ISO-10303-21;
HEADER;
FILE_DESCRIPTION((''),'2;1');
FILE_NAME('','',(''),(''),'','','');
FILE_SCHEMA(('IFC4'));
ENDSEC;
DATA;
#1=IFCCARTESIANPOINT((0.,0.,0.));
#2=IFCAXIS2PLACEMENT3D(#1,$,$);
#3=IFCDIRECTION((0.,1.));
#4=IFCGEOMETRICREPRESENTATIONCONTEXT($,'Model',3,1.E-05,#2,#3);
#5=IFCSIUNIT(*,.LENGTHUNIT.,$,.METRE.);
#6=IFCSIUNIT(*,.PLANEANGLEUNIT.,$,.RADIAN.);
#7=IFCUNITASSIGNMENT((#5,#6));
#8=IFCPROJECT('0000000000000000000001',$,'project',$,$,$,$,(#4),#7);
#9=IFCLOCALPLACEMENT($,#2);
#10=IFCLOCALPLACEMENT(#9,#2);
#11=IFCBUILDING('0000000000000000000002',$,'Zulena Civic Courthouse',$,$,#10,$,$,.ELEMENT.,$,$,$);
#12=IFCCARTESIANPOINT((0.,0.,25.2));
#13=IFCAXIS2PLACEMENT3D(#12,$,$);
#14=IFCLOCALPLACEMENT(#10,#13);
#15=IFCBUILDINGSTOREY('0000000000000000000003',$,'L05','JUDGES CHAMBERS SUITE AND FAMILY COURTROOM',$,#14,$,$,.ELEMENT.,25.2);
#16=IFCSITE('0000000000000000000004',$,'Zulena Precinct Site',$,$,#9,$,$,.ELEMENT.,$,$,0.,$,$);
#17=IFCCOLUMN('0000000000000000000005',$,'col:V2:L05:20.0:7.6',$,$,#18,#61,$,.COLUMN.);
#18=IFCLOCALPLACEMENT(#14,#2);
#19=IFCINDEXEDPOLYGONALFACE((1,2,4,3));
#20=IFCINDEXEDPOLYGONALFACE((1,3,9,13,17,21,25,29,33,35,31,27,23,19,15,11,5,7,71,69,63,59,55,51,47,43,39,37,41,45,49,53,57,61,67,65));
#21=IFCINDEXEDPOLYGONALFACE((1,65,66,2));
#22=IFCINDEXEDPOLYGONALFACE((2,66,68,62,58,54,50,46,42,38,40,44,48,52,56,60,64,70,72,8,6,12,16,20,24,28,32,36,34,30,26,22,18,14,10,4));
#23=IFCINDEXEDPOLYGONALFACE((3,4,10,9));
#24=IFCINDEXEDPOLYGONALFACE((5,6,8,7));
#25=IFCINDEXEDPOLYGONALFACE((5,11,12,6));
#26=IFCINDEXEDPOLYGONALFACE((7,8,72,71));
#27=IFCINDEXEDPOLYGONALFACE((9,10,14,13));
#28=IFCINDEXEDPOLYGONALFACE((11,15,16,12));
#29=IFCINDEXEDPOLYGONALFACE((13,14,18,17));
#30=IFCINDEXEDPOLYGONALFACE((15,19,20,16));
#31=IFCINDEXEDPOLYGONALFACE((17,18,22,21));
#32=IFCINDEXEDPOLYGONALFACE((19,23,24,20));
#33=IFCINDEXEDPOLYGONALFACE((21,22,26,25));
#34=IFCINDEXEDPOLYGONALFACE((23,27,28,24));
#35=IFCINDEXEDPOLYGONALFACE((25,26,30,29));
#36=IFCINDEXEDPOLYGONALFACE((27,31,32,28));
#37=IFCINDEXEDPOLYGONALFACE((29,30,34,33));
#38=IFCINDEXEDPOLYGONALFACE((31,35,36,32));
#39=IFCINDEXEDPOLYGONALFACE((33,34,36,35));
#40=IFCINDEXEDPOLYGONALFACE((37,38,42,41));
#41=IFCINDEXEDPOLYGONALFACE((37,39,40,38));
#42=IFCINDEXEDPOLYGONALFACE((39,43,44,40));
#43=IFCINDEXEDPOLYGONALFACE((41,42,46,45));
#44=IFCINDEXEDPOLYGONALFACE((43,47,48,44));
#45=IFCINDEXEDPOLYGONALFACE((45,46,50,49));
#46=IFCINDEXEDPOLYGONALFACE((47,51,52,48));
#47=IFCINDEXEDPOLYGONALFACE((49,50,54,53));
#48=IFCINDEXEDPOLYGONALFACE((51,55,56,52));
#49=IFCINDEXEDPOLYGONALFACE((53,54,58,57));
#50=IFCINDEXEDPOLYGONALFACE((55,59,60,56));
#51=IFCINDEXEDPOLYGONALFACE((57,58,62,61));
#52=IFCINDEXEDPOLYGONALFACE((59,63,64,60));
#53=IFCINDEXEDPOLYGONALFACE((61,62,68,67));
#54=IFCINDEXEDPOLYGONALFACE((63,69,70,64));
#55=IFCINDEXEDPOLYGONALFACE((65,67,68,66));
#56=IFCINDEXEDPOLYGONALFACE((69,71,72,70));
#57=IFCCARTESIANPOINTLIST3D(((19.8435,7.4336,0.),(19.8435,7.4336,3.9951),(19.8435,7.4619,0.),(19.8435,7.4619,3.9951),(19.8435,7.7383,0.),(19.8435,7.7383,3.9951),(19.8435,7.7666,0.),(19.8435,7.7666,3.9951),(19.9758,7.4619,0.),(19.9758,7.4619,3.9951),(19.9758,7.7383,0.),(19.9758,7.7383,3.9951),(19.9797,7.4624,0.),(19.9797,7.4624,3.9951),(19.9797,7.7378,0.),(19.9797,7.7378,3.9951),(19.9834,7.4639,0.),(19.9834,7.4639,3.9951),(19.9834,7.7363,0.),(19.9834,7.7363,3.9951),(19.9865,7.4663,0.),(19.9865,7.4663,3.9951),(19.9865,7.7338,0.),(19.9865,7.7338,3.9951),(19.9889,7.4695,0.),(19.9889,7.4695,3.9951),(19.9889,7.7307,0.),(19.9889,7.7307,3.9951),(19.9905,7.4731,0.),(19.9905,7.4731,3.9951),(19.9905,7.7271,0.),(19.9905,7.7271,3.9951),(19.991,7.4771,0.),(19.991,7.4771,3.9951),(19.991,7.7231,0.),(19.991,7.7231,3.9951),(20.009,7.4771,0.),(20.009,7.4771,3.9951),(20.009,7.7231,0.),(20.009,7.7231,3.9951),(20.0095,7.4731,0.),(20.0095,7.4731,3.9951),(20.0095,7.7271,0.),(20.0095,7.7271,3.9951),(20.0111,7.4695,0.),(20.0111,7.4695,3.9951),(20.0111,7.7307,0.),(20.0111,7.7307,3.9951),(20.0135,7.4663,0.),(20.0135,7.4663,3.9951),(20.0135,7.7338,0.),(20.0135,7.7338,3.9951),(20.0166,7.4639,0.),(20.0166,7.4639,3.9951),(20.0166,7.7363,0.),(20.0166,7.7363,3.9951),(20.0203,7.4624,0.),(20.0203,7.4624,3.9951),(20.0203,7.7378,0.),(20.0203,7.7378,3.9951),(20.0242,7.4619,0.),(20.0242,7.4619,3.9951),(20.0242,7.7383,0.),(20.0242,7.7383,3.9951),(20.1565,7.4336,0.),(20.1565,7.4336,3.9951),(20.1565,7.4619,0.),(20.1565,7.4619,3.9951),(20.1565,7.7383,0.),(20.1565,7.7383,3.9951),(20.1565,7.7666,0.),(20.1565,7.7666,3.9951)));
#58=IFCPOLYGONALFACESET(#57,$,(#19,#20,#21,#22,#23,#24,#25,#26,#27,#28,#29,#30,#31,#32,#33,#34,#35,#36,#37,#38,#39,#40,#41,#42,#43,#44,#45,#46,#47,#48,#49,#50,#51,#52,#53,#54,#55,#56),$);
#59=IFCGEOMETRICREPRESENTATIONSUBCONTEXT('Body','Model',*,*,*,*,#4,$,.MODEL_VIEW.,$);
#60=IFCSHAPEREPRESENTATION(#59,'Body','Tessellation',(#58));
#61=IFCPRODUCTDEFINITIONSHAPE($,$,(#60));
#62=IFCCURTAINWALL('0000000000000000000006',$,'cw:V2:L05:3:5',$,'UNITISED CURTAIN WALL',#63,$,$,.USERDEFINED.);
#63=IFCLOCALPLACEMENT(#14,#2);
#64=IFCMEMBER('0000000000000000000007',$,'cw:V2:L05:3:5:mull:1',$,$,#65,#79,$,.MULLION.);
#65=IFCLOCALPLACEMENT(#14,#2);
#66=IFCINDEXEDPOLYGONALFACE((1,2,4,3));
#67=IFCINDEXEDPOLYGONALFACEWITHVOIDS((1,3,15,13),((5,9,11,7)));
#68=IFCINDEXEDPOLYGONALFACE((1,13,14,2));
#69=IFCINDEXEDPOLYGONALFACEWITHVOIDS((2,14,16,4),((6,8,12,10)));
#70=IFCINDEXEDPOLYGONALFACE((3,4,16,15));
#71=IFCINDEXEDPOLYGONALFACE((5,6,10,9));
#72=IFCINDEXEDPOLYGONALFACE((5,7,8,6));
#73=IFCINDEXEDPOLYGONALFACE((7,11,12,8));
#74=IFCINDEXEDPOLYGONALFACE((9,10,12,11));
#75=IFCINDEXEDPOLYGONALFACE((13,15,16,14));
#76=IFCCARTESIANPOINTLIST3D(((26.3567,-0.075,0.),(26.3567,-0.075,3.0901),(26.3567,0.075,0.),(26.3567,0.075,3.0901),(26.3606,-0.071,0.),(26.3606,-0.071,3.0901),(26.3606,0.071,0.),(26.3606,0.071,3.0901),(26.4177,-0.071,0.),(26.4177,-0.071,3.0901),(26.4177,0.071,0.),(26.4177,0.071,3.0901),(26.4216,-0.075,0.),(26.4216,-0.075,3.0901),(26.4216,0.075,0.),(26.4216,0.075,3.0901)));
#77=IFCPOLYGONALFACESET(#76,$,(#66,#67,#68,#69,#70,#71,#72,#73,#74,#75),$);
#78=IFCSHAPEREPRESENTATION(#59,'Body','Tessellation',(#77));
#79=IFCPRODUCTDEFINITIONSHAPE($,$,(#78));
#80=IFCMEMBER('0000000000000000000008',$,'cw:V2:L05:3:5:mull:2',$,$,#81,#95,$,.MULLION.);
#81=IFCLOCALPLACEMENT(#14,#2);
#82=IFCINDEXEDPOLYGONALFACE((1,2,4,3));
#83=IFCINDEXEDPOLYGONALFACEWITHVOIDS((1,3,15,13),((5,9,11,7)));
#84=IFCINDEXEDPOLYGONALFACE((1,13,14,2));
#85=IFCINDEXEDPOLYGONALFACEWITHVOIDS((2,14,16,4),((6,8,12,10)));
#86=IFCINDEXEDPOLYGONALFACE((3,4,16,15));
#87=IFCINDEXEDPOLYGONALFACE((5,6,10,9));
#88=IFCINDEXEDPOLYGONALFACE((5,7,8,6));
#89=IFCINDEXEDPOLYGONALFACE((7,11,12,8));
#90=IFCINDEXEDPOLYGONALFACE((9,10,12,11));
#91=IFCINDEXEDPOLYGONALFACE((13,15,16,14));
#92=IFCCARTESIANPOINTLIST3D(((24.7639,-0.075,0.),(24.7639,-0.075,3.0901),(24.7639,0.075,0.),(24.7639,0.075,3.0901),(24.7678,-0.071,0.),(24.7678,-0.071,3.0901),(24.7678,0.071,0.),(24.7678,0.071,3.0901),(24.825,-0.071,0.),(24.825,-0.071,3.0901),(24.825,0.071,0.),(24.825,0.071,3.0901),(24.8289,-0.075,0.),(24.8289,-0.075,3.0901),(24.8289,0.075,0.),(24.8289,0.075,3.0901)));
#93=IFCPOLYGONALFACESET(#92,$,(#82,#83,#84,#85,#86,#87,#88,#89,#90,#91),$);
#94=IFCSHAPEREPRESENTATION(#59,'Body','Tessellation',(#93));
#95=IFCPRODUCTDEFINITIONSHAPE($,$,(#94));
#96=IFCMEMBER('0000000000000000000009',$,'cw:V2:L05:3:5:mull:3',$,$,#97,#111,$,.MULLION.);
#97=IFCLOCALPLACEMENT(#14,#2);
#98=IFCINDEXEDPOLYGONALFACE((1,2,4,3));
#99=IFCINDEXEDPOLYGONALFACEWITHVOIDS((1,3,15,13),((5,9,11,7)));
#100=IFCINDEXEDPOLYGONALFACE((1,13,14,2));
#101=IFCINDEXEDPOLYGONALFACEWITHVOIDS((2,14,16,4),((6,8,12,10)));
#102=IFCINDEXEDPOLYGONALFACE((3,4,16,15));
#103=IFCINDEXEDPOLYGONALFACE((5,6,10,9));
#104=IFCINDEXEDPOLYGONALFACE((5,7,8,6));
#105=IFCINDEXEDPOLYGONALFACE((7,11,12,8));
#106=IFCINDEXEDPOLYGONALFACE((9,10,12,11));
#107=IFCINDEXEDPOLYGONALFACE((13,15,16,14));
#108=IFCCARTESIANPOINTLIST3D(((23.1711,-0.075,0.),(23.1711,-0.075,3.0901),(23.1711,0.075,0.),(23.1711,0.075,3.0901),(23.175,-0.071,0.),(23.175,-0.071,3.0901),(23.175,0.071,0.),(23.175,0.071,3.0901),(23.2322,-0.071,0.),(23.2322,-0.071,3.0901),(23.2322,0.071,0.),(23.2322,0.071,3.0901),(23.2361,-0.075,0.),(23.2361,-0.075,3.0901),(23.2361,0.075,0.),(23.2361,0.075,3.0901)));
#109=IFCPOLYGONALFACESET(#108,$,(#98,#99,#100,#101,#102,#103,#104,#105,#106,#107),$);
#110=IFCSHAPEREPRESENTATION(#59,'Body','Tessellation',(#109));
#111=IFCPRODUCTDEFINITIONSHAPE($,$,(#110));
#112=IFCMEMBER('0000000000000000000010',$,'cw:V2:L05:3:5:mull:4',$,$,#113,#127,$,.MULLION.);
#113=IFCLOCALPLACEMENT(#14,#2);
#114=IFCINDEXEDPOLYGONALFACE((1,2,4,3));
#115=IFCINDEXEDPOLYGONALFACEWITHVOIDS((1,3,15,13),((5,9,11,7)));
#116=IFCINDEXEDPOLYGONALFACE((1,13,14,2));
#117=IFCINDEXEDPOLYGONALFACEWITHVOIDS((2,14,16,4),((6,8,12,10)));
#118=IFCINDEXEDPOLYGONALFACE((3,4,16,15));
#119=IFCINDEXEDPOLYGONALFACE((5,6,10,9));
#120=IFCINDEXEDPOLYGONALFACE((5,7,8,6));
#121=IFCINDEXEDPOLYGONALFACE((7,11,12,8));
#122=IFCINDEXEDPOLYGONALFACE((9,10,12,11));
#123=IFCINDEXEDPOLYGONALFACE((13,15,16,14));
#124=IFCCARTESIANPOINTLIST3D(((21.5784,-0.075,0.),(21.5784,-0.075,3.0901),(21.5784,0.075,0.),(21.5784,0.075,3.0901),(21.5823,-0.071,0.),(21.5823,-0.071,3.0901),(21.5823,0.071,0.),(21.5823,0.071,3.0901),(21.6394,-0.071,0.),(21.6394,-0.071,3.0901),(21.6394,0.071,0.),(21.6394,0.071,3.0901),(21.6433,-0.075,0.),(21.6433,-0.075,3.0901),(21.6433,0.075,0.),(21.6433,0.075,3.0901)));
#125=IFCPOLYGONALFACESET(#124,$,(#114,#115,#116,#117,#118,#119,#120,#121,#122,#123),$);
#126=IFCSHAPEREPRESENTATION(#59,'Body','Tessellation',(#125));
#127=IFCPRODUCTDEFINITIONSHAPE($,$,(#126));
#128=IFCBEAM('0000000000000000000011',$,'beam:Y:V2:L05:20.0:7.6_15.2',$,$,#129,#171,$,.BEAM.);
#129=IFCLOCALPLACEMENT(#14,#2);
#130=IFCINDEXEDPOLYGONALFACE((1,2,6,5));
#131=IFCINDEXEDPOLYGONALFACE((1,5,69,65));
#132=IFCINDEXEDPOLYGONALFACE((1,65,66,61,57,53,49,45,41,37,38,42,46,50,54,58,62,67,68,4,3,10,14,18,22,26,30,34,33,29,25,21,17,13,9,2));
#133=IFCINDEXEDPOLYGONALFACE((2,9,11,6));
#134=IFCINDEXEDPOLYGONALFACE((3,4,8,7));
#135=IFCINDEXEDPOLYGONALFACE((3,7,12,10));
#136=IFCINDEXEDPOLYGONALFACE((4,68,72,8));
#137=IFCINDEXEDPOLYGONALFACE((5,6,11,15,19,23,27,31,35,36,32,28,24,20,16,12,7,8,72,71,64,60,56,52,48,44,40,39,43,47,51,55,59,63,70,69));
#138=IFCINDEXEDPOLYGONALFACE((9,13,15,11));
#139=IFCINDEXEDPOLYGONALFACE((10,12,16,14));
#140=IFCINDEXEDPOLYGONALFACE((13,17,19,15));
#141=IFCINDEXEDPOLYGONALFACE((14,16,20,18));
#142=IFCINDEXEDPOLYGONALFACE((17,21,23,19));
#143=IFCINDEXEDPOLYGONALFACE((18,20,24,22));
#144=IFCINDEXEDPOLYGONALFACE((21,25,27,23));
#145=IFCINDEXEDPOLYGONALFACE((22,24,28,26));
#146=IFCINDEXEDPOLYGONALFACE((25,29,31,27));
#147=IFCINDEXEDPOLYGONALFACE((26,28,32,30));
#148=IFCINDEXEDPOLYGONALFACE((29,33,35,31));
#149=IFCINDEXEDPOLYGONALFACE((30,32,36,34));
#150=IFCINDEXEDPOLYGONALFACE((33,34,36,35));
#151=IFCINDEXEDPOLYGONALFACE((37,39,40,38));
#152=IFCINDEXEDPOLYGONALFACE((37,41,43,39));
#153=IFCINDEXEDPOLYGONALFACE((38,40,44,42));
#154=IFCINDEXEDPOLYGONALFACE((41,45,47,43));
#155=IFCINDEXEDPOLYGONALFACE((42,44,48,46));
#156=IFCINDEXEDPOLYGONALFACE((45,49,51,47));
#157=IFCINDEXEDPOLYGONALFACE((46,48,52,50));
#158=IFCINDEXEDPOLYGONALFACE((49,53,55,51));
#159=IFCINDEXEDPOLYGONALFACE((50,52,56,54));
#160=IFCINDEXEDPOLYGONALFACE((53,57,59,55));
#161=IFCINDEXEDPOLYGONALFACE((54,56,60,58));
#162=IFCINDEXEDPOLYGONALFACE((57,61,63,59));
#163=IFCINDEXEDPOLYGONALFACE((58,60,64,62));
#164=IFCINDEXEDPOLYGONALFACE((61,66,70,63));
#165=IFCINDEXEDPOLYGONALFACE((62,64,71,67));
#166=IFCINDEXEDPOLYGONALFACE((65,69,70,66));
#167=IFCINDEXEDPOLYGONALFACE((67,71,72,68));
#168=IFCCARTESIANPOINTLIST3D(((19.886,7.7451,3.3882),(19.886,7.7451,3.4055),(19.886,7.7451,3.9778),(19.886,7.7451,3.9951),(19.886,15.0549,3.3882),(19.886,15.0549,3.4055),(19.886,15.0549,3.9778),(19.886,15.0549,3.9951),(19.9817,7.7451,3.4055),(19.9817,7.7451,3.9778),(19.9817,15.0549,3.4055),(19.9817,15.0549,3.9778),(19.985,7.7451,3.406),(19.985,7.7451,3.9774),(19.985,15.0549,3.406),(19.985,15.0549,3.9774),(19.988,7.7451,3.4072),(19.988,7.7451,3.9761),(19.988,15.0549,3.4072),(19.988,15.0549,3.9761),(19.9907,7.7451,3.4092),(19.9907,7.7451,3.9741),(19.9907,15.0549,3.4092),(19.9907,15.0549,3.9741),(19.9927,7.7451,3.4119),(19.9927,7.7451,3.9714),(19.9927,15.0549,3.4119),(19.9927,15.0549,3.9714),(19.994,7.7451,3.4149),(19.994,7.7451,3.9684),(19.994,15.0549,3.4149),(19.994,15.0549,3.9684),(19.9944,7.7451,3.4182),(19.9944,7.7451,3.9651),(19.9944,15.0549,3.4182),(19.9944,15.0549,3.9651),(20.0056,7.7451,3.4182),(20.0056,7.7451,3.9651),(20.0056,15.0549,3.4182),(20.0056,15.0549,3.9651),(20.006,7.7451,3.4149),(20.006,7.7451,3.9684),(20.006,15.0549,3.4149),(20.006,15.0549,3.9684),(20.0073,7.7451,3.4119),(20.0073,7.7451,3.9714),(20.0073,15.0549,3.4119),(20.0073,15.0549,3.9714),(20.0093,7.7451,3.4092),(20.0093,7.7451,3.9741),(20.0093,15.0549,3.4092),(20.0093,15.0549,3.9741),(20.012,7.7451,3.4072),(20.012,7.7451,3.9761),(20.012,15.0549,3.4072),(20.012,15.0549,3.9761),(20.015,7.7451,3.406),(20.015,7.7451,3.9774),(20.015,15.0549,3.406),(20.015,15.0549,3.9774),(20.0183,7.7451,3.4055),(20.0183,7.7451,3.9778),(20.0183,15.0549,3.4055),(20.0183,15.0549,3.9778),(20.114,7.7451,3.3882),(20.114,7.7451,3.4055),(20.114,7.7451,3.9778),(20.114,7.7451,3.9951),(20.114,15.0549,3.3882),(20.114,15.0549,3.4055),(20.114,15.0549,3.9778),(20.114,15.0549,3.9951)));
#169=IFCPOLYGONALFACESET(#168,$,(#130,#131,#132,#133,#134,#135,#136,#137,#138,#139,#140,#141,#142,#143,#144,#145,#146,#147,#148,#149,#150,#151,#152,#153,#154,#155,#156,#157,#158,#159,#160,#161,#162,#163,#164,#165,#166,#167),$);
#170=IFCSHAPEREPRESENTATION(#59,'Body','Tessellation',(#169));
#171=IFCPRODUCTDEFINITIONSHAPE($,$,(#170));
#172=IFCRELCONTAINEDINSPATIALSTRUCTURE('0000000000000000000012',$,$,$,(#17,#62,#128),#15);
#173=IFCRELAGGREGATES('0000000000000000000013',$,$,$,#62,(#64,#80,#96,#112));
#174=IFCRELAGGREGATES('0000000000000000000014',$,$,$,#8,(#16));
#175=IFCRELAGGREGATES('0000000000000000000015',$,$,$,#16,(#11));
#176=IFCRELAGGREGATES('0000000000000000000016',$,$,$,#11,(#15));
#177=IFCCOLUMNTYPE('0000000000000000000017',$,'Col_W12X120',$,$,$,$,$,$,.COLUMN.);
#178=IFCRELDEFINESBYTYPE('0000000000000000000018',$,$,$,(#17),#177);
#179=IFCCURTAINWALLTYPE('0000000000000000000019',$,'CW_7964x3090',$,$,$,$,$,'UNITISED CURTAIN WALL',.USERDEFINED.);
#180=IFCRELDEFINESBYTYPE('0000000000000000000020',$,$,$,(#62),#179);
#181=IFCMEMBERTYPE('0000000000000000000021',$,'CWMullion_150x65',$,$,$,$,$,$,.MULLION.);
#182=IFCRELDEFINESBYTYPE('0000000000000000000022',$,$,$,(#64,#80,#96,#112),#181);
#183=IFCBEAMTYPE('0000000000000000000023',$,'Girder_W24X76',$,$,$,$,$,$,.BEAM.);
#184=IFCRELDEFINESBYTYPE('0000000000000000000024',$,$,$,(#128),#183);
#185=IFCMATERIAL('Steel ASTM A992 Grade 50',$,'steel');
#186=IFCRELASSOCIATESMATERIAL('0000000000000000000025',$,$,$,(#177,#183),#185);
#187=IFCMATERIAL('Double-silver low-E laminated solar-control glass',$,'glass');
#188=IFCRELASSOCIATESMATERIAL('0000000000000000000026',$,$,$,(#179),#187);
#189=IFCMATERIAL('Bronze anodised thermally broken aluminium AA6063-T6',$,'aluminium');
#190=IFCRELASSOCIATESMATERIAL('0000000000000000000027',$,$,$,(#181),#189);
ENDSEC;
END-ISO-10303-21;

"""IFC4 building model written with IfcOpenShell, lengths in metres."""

from ifc_helpers import new_model, si_unit, direction, frame, origin, origin_2d, place, context, subcontext, project, spatial, hollow_rectangle, i_section, extrude, material, material_profile, profile_set, type_object, element, aggregate, save


model = new_model("IFC4")

# Units and contexts
model_context = context("Model", 3, precision=1e-05, world=origin(), true_north=direction((0.0, 1.0)))
body_context = subcontext(model_context, "Body", "Model", "MODEL_VIEW")
ifc_project = project(units=[si_unit("LENGTHUNIT", "METRE"), si_unit("PLANEANGLEUNIT", "RADIAN")], contexts=[model_context])

# Site, building, storey
site_placement = place(None, origin())
site = spatial("IfcSite", under=ifc_project, at=site_placement, Name="Zulena Precinct Site", CompositionType="ELEMENT", RefElevation=0.0)
building_placement = place(site_placement, origin())
building = spatial("IfcBuilding", under=site, at=building_placement, Name="Zulena Civic Courthouse", CompositionType="ELEMENT")
storey_placement = place(building_placement, frame((0.0, 0.0, 25.2)))
storey = spatial("IfcBuildingStorey", under=building, at=storey_placement, Name="L05", Description="JUDGES CHAMBERS SUITE AND FAMILY COURTROOM", CompositionType="ELEMENT", Elevation=25.2)

# Column
ifc_material_1 = material(Name="Steel ASTM A992 Grade 50", Category="steel")
ifc_material_profile_1 = material_profile(ifc_material_1, i_section(OverallWidth=0.313, OverallDepth=0.333, WebThickness=0.0181, FlangeThickness=0.0283, FilletRadius=0.0151, at=origin_2d()), Name="W12X120")
ifc_profile_set_1 = profile_set([ifc_material_profile_1], Name="Steel ASTM A992 Grade 50")
column_type = type_object("IfcColumnType", Name="Col_W12X120", PredefinedType="COLUMN", material=ifc_profile_set_1)
column_placement = place(storey_placement, frame((20.0, 7.6001, 0.0), z_axis=(0.0, 0.0, 1.0), x_axis=(1.0, 0.0, 0.0)))
element("IfcColumn", 1, at=column_placement, inside=storey, type_object=column_type, Name="col:V2:L05:20.0:7.6", PredefinedType="COLUMN", context=body_context, shape_type="SweptSolid", body=[
    extrude(i_section(OverallWidth=0.313, OverallDepth=0.333, WebThickness=0.0181, FlangeThickness=0.0283, FilletRadius=0.0151, at=origin_2d()), origin(), (0.0, 0.0, 1.0), 3.9951),
])

# Curtain wall, members
ifc_material_2 = material(Name="Double-silver low-E laminated solar-control glass", Category="glass")
curtain_wall_type = type_object("IfcCurtainWallType", Name="CW_7964x3090", ElementType="UNITISED CURTAIN WALL", PredefinedType="USERDEFINED", material=ifc_material_2)
curtain_wall_placement = place(storey_placement, origin())
curtain_wall = element("IfcCurtainWall", 2, at=curtain_wall_placement, inside=storey, type_object=curtain_wall_type, Name="cw:V2:L05:3:5", ObjectType="UNITISED CURTAIN WALL", PredefinedType="USERDEFINED")
ifc_material_3 = material(Name="Bronze anodised thermally broken aluminium AA6063-T6", Category="aluminium")
ifc_material_profile_2 = material_profile(ifc_material_3, hollow_rectangle(XDim=0.0649, YDim=0.1499, WallThickness=0.0039, at=origin_2d()), Name="CWM150X65X4")
ifc_profile_set_2 = profile_set([ifc_material_profile_2], Name="Bronze anodised thermally broken aluminium AA6063-T6")
member_type = type_object("IfcMemberType", Name="CWMullion_150x65", PredefinedType="MULLION", material=ifc_profile_set_2)
member_1_placement = place(storey_placement, frame((26.3892, 0.0, 0.0), z_axis=(0.0, 0.0, 1.0), x_axis=(1.0, 0.0, 0.0)))
member_1 = element("IfcMember", 3, at=member_1_placement, type_object=member_type, Name="cw:V2:L05:3:5:mull:1", PredefinedType="MULLION", context=body_context, shape_type="SweptSolid", body=[
    extrude(hollow_rectangle(XDim=0.0649, YDim=0.1499, WallThickness=0.0039, at=origin_2d()), origin(), (0.0, 0.0, 1.0), 3.0901),
])
member_2_placement = place(storey_placement, frame((24.7964, 0.0, 0.0), z_axis=(0.0, 0.0, 1.0), x_axis=(1.0, 0.0, 0.0)))
member_2 = element("IfcMember", 4, at=member_2_placement, type_object=member_type, Name="cw:V2:L05:3:5:mull:2", PredefinedType="MULLION", context=body_context, shape_type="SweptSolid", body=[
    extrude(hollow_rectangle(XDim=0.0649, YDim=0.1499, WallThickness=0.0039, at=origin_2d()), origin(), (0.0, 0.0, 1.0), 3.0901),
])
member_3_placement = place(storey_placement, frame((23.2036, 0.0, 0.0), z_axis=(0.0, 0.0, 1.0), x_axis=(1.0, 0.0, 0.0)))
member_3 = element("IfcMember", 5, at=member_3_placement, type_object=member_type, Name="cw:V2:L05:3:5:mull:3", PredefinedType="MULLION", context=body_context, shape_type="SweptSolid", body=[
    extrude(hollow_rectangle(XDim=0.0649, YDim=0.1499, WallThickness=0.0039, at=origin_2d()), origin(), (0.0, 0.0, 1.0), 3.0901),
])
member_4_placement = place(storey_placement, frame((21.6108, 0.0, 0.0), z_axis=(0.0, 0.0, 1.0), x_axis=(1.0, 0.0, 0.0)))
member_4 = element("IfcMember", 6, at=member_4_placement, type_object=member_type, Name="cw:V2:L05:3:5:mull:4", PredefinedType="MULLION", context=body_context, shape_type="SweptSolid", body=[
    extrude(hollow_rectangle(XDim=0.0649, YDim=0.1499, WallThickness=0.0039, at=origin_2d()), origin(), (0.0, 0.0, 1.0), 3.0901),
])

# Beam
ifc_material_profile_3 = material_profile(ifc_material_1, i_section(OverallWidth=0.228, OverallDepth=0.6069, WebThickness=0.0112, FlangeThickness=0.0173, FilletRadius=0.0127, at=origin_2d()), Name="W24X76")
ifc_profile_set_3 = profile_set([ifc_material_profile_3], Name="Steel ASTM A992 Grade 50")
beam_type_1 = type_object("IfcBeamType", Name="Girder_W24X76", PredefinedType="BEAM", material=ifc_profile_set_3)
beam_1_placement = place(storey_placement, frame((20.0, 7.7451, 3.6917), z_axis=(0.0, 1.0, 0.0), x_axis=(-1.0, 0.0, 0.0)))
element("IfcBeam", 7, at=beam_1_placement, inside=storey, type_object=beam_type_1, Name="beam:Y:V2:L05:20.0:7.6_15.2", PredefinedType="BEAM", context=body_context, shape_type="SweptSolid", body=[
    extrude(i_section(OverallWidth=0.228, OverallDepth=0.6069, WebThickness=0.0112, FlangeThickness=0.0173, FilletRadius=0.0127, at=origin_2d()), origin(), (0.0, 0.0, 1.0), 7.3098),
])

aggregate(curtain_wall, [member_1, member_2, member_3, member_4])

save(model, "model.ifc")
